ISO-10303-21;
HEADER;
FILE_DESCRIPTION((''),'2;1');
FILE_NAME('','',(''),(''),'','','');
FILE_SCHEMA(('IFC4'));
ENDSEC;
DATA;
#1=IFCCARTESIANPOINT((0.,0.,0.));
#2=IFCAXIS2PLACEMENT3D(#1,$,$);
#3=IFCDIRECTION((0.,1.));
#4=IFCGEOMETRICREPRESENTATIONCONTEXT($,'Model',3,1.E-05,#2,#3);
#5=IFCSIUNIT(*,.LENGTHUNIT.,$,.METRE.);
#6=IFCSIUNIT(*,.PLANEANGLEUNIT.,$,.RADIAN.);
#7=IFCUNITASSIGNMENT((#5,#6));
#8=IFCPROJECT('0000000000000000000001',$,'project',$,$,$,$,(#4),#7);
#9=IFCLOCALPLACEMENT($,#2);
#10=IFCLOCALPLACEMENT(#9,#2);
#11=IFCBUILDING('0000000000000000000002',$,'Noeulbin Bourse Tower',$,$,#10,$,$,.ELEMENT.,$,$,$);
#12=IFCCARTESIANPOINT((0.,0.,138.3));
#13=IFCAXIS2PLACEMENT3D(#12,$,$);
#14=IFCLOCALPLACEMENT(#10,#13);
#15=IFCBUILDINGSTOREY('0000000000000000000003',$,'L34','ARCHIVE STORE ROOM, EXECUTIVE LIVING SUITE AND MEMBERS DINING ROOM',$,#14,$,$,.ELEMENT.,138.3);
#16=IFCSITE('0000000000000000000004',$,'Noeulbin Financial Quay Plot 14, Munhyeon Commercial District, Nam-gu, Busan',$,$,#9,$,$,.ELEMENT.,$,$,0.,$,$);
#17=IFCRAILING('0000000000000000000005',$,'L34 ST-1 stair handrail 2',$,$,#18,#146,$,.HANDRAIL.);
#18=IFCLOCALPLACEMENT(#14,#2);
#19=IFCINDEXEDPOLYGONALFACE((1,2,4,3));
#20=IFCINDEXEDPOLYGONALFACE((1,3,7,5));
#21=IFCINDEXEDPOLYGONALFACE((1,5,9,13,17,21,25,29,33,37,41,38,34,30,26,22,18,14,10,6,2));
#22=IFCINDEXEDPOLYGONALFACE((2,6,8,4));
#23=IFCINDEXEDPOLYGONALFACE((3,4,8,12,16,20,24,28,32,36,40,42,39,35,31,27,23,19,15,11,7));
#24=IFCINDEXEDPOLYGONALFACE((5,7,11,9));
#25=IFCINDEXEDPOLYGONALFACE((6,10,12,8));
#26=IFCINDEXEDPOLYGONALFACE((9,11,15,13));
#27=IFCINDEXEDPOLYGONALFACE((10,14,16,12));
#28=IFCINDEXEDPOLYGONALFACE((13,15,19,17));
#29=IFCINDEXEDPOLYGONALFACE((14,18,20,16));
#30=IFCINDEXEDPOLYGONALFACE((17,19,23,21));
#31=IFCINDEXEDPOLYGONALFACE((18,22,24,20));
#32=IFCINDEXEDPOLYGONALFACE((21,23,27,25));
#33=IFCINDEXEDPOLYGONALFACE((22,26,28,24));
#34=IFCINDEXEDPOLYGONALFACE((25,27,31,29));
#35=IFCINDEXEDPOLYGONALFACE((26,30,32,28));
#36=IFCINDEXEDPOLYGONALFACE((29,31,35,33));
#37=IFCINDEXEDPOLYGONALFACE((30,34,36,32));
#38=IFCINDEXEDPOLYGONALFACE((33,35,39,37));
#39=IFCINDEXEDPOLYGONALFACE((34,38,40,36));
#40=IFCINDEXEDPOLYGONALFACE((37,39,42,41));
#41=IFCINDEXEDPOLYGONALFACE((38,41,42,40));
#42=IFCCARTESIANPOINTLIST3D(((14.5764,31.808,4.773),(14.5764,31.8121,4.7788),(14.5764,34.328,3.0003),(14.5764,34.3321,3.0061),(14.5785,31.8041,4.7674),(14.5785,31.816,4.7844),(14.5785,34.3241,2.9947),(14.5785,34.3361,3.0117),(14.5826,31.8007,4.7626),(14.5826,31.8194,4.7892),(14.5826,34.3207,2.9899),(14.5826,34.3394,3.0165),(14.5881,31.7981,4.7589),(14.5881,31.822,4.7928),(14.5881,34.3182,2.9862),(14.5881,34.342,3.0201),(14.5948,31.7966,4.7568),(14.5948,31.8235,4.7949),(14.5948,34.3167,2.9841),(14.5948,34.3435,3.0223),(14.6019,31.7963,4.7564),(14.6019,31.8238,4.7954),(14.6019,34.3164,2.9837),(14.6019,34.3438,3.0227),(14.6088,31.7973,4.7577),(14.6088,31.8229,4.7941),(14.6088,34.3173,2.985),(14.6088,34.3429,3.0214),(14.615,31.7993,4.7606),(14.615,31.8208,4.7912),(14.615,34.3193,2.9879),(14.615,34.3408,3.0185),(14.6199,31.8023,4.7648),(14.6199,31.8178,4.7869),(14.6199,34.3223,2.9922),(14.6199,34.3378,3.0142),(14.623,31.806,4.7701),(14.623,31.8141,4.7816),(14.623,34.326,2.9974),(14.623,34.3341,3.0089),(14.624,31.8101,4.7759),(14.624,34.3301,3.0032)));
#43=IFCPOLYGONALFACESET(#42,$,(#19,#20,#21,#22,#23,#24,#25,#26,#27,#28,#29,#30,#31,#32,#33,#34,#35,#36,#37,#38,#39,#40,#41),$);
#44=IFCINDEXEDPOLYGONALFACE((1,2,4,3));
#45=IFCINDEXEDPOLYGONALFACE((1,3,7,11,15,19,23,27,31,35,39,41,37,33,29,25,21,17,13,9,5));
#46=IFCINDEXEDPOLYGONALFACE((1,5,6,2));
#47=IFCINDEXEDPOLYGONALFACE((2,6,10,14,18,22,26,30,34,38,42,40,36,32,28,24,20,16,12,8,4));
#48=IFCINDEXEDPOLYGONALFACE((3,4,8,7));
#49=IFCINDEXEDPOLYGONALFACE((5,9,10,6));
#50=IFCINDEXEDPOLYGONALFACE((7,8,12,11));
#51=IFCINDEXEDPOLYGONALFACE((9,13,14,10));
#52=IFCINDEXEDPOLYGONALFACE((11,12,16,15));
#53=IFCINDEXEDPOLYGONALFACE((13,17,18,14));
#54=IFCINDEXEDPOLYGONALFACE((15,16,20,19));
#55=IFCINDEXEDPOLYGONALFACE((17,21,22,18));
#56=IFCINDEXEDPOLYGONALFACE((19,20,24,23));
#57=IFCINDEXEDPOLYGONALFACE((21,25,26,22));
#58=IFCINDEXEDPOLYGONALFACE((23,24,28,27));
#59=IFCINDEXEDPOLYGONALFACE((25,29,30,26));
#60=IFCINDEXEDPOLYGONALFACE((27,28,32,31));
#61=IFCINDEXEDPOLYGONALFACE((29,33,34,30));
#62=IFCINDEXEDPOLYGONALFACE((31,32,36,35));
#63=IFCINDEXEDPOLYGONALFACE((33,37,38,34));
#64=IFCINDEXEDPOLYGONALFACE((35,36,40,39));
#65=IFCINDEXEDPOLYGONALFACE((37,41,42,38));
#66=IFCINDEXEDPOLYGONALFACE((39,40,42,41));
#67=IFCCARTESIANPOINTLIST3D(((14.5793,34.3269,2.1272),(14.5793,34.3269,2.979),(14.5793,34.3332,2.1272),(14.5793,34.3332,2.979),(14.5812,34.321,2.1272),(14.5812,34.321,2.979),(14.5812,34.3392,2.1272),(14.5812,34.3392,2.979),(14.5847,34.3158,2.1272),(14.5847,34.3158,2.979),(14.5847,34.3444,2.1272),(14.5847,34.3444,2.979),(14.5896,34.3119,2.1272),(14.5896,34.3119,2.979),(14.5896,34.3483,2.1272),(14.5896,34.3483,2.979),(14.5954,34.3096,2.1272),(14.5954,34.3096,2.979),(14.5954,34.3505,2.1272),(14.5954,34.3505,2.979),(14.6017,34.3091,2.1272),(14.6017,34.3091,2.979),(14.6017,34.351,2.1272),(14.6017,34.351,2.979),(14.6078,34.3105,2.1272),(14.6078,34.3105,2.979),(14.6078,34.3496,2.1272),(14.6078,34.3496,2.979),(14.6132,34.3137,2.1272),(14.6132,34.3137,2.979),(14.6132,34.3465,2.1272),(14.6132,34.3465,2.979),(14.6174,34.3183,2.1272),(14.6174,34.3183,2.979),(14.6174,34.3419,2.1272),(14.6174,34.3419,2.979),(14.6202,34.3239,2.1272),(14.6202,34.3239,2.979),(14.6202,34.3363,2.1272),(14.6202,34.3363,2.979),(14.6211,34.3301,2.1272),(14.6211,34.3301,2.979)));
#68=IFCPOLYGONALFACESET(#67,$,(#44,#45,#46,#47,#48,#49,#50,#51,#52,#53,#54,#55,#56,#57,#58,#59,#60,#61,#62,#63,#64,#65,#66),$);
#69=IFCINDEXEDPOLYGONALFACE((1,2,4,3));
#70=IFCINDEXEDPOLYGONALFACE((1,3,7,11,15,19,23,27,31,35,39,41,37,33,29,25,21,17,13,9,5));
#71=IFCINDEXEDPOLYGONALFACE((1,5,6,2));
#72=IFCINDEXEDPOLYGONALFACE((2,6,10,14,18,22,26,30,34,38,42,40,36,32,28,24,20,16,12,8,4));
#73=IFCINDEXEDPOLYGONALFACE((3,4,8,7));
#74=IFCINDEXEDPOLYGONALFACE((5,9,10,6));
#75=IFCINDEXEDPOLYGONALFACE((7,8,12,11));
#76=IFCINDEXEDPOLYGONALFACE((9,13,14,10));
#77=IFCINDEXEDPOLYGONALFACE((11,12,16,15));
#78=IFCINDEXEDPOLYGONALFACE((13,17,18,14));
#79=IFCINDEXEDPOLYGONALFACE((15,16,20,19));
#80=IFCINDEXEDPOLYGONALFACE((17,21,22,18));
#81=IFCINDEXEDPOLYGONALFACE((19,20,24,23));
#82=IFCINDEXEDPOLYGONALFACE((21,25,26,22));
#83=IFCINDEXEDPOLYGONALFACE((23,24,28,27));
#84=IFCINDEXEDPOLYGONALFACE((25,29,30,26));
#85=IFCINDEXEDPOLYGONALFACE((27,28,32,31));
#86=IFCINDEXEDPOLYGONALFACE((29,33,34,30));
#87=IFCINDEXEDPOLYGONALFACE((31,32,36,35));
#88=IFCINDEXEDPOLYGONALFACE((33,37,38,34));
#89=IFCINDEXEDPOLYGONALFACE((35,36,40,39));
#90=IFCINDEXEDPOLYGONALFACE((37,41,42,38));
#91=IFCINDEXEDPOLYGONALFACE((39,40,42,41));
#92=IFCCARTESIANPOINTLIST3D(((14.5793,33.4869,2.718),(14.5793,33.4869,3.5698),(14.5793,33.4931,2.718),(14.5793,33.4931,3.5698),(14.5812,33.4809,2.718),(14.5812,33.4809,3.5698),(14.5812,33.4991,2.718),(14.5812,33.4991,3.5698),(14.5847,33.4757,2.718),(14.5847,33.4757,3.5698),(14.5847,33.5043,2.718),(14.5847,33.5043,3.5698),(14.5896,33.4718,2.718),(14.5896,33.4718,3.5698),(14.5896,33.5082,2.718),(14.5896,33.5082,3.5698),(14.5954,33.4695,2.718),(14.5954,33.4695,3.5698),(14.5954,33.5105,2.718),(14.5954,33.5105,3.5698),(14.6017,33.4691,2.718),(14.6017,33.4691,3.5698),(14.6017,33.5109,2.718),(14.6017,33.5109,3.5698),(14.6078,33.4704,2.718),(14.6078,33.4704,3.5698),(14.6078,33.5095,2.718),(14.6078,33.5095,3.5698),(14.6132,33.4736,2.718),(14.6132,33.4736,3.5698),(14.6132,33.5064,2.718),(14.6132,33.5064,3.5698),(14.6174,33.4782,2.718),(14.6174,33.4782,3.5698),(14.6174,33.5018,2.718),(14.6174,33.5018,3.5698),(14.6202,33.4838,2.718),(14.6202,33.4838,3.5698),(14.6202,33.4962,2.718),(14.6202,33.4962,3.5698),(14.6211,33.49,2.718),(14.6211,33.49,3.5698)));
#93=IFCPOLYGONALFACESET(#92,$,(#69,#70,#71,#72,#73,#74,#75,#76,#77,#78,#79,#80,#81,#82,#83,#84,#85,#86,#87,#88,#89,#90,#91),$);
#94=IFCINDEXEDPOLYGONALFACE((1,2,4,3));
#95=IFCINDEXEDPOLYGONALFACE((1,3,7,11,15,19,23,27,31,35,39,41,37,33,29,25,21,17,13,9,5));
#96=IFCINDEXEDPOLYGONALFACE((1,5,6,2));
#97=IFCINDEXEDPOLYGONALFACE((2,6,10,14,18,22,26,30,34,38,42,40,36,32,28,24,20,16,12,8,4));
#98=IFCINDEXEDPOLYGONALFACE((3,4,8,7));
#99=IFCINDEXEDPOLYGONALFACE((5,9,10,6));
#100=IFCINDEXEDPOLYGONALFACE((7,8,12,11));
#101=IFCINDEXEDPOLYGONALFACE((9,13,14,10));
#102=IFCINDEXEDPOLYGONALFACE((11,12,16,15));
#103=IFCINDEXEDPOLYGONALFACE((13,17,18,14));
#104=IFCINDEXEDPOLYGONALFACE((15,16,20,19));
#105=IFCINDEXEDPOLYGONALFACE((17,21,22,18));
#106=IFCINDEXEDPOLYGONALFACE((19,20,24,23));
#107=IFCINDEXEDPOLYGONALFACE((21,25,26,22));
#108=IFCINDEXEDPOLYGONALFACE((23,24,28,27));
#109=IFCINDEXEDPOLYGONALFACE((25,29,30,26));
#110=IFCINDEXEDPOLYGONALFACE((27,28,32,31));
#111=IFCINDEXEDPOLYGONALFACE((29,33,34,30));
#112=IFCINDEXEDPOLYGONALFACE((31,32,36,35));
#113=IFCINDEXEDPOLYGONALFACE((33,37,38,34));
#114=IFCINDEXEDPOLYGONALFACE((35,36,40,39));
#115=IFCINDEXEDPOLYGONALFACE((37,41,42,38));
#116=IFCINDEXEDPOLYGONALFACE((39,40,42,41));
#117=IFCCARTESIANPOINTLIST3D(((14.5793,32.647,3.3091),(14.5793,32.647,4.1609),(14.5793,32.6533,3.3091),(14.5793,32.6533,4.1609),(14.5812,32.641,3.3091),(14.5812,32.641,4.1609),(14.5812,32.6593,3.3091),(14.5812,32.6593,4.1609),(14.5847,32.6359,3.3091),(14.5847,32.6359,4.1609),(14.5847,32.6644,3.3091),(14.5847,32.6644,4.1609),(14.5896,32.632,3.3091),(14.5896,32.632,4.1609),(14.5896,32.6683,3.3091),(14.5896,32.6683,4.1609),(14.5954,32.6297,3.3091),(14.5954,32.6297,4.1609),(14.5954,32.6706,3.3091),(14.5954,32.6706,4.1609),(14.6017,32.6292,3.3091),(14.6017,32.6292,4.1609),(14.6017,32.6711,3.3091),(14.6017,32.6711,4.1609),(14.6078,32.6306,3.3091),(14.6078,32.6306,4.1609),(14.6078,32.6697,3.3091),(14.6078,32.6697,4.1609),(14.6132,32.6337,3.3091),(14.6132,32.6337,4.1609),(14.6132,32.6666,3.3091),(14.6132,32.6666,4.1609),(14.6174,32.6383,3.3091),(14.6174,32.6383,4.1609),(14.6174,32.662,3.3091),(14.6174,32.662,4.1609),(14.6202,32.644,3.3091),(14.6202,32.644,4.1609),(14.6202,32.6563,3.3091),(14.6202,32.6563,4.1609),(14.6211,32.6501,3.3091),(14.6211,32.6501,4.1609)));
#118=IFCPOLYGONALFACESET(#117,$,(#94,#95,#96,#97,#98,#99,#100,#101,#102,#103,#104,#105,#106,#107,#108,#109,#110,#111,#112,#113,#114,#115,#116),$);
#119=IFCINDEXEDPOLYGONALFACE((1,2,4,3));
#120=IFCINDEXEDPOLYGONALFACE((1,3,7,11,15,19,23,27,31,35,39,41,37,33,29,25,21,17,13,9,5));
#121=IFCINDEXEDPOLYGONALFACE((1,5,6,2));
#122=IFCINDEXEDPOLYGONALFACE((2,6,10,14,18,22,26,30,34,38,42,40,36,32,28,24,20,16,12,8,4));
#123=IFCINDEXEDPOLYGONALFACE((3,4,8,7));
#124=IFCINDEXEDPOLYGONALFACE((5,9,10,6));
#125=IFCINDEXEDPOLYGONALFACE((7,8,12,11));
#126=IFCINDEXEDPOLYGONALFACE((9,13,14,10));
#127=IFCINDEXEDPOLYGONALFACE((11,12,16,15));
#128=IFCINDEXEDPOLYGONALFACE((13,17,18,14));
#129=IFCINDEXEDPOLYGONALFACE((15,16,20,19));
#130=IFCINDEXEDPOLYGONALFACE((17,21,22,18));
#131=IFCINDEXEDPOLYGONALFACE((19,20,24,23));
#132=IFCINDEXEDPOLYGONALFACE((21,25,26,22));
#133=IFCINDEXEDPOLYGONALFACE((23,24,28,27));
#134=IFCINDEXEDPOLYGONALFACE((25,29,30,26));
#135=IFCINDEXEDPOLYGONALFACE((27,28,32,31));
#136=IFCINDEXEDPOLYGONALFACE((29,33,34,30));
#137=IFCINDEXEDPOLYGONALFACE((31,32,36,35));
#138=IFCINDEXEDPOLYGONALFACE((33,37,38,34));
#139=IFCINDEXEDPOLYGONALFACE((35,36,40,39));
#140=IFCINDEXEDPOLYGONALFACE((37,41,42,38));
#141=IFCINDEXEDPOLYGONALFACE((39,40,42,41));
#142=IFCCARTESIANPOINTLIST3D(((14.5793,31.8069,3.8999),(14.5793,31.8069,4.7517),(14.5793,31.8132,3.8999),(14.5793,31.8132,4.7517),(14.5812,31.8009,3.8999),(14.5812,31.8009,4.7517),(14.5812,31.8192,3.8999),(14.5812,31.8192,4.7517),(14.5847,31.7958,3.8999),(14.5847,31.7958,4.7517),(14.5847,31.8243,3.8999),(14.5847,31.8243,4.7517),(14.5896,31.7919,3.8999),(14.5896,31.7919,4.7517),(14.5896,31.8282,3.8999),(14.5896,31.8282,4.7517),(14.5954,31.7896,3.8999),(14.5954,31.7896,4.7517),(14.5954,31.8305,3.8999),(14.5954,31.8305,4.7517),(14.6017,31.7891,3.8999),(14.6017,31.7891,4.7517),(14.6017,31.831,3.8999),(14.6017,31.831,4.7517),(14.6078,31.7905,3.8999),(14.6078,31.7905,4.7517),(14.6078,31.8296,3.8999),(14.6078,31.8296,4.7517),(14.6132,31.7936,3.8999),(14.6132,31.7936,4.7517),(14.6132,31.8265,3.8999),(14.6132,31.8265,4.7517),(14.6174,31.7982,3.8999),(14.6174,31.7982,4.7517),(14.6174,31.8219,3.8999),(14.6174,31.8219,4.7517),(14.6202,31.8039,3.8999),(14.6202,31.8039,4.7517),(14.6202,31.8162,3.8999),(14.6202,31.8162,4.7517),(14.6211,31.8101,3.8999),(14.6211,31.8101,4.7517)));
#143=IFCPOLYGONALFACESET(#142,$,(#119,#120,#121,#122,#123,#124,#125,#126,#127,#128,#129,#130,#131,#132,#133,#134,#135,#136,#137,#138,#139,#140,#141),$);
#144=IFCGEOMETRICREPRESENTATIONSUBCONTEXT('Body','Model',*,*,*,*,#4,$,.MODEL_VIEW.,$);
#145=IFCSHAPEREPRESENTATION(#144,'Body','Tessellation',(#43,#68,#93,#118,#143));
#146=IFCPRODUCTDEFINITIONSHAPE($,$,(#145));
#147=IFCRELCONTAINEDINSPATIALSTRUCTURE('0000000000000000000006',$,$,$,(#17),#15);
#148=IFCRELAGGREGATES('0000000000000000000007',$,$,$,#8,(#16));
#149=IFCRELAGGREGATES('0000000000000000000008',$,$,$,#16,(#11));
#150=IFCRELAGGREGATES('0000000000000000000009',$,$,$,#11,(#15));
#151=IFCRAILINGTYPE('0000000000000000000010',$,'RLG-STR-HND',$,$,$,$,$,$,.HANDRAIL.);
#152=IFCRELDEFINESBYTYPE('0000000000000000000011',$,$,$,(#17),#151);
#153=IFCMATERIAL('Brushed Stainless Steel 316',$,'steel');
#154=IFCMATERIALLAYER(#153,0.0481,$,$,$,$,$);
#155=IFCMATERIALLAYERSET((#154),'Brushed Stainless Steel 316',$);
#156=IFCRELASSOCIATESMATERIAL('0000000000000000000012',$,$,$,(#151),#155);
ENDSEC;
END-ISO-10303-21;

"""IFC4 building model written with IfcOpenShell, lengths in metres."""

from ifc_helpers import new_model, si_unit, direction, frame, origin, origin_2d, place, context, subcontext, project, spatial, circle, extrude, material, layer, layer_set, type_object, element, save


model = new_model("IFC4")

# Units and contexts
model_context = context("Model", 3, precision=1e-05, world=origin(), true_north=direction((0.0, 1.0)))
body_context = subcontext(model_context, "Body", "Model", "MODEL_VIEW")
ifc_project = project(units=[si_unit("LENGTHUNIT", "METRE"), si_unit("PLANEANGLEUNIT", "RADIAN")], contexts=[model_context])

# Site, building, storey
site_placement = place(None, origin())
site = spatial("IfcSite", under=ifc_project, at=site_placement, Name="Noeulbin Financial Quay Plot 14, Munhyeon Commercial District, Nam-gu, Busan", CompositionType="ELEMENT", RefElevation=0.0)
building_placement = place(site_placement, origin())
building = spatial("IfcBuilding", under=site, at=building_placement, Name="Noeulbin Bourse Tower", CompositionType="ELEMENT")
storey_placement = place(building_placement, frame((0.0, 0.0, 138.3)))
storey = spatial("IfcBuildingStorey", under=building, at=storey_placement, Name="L34", Description="ARCHIVE STORE ROOM, EXECUTIVE LIVING SUITE AND MEMBERS DINING ROOM", CompositionType="ELEMENT", Elevation=138.3)

# Railing
ifc_material_1 = material(Name="Brushed Stainless Steel 316", Category="steel")
ifc_layer_1 = layer(ifc_material_1, 0.0481)
ifc_layer_set_1 = layer_set([ifc_layer_1], Name="Brushed Stainless Steel 316")
railing_type_1 = type_object("IfcRailingType", Name="RLG-STR-HND", PredefinedType="HANDRAIL", material=ifc_layer_set_1)
railing_1_placement = place(storey_placement, frame((14.6001, 34.3301, 2.1272)))
element("IfcRailing", 1, at=railing_1_placement, inside=storey, type_object=railing_type_1, Name="L34 ST-1 stair handrail 2", PredefinedType="HANDRAIL", context=body_context, shape_type="SweptSolid", body=[
    extrude(circle(Radius=0.0239, at=origin_2d()), frame((0.0, 0.0, 0.876), z_axis=(0.0, -0.817904, 0.575354), x_axis=(1.0, 0.0, 0.0)), (0.0, 0.0, 1.0), 3.0811),
    extrude(circle(Radius=0.021, at=origin_2d()), origin(), (0.0, 0.0, 1.0), 0.8518),
    extrude(circle(Radius=0.021, at=origin_2d()), frame((0.0, -0.8401, 0.5908)), (0.0, 0.0, 1.0), 0.8518),
    extrude(circle(Radius=0.021, at=origin_2d()), frame((0.0, -1.6799, 1.1819)), (0.0, 0.0, 1.0), 0.8518),
    extrude(circle(Radius=0.021, at=origin_2d()), frame((0.0, -2.52, 1.7727)), (0.0, 0.0, 1.0), 0.8518),
])

save(model, "model.ifc")
